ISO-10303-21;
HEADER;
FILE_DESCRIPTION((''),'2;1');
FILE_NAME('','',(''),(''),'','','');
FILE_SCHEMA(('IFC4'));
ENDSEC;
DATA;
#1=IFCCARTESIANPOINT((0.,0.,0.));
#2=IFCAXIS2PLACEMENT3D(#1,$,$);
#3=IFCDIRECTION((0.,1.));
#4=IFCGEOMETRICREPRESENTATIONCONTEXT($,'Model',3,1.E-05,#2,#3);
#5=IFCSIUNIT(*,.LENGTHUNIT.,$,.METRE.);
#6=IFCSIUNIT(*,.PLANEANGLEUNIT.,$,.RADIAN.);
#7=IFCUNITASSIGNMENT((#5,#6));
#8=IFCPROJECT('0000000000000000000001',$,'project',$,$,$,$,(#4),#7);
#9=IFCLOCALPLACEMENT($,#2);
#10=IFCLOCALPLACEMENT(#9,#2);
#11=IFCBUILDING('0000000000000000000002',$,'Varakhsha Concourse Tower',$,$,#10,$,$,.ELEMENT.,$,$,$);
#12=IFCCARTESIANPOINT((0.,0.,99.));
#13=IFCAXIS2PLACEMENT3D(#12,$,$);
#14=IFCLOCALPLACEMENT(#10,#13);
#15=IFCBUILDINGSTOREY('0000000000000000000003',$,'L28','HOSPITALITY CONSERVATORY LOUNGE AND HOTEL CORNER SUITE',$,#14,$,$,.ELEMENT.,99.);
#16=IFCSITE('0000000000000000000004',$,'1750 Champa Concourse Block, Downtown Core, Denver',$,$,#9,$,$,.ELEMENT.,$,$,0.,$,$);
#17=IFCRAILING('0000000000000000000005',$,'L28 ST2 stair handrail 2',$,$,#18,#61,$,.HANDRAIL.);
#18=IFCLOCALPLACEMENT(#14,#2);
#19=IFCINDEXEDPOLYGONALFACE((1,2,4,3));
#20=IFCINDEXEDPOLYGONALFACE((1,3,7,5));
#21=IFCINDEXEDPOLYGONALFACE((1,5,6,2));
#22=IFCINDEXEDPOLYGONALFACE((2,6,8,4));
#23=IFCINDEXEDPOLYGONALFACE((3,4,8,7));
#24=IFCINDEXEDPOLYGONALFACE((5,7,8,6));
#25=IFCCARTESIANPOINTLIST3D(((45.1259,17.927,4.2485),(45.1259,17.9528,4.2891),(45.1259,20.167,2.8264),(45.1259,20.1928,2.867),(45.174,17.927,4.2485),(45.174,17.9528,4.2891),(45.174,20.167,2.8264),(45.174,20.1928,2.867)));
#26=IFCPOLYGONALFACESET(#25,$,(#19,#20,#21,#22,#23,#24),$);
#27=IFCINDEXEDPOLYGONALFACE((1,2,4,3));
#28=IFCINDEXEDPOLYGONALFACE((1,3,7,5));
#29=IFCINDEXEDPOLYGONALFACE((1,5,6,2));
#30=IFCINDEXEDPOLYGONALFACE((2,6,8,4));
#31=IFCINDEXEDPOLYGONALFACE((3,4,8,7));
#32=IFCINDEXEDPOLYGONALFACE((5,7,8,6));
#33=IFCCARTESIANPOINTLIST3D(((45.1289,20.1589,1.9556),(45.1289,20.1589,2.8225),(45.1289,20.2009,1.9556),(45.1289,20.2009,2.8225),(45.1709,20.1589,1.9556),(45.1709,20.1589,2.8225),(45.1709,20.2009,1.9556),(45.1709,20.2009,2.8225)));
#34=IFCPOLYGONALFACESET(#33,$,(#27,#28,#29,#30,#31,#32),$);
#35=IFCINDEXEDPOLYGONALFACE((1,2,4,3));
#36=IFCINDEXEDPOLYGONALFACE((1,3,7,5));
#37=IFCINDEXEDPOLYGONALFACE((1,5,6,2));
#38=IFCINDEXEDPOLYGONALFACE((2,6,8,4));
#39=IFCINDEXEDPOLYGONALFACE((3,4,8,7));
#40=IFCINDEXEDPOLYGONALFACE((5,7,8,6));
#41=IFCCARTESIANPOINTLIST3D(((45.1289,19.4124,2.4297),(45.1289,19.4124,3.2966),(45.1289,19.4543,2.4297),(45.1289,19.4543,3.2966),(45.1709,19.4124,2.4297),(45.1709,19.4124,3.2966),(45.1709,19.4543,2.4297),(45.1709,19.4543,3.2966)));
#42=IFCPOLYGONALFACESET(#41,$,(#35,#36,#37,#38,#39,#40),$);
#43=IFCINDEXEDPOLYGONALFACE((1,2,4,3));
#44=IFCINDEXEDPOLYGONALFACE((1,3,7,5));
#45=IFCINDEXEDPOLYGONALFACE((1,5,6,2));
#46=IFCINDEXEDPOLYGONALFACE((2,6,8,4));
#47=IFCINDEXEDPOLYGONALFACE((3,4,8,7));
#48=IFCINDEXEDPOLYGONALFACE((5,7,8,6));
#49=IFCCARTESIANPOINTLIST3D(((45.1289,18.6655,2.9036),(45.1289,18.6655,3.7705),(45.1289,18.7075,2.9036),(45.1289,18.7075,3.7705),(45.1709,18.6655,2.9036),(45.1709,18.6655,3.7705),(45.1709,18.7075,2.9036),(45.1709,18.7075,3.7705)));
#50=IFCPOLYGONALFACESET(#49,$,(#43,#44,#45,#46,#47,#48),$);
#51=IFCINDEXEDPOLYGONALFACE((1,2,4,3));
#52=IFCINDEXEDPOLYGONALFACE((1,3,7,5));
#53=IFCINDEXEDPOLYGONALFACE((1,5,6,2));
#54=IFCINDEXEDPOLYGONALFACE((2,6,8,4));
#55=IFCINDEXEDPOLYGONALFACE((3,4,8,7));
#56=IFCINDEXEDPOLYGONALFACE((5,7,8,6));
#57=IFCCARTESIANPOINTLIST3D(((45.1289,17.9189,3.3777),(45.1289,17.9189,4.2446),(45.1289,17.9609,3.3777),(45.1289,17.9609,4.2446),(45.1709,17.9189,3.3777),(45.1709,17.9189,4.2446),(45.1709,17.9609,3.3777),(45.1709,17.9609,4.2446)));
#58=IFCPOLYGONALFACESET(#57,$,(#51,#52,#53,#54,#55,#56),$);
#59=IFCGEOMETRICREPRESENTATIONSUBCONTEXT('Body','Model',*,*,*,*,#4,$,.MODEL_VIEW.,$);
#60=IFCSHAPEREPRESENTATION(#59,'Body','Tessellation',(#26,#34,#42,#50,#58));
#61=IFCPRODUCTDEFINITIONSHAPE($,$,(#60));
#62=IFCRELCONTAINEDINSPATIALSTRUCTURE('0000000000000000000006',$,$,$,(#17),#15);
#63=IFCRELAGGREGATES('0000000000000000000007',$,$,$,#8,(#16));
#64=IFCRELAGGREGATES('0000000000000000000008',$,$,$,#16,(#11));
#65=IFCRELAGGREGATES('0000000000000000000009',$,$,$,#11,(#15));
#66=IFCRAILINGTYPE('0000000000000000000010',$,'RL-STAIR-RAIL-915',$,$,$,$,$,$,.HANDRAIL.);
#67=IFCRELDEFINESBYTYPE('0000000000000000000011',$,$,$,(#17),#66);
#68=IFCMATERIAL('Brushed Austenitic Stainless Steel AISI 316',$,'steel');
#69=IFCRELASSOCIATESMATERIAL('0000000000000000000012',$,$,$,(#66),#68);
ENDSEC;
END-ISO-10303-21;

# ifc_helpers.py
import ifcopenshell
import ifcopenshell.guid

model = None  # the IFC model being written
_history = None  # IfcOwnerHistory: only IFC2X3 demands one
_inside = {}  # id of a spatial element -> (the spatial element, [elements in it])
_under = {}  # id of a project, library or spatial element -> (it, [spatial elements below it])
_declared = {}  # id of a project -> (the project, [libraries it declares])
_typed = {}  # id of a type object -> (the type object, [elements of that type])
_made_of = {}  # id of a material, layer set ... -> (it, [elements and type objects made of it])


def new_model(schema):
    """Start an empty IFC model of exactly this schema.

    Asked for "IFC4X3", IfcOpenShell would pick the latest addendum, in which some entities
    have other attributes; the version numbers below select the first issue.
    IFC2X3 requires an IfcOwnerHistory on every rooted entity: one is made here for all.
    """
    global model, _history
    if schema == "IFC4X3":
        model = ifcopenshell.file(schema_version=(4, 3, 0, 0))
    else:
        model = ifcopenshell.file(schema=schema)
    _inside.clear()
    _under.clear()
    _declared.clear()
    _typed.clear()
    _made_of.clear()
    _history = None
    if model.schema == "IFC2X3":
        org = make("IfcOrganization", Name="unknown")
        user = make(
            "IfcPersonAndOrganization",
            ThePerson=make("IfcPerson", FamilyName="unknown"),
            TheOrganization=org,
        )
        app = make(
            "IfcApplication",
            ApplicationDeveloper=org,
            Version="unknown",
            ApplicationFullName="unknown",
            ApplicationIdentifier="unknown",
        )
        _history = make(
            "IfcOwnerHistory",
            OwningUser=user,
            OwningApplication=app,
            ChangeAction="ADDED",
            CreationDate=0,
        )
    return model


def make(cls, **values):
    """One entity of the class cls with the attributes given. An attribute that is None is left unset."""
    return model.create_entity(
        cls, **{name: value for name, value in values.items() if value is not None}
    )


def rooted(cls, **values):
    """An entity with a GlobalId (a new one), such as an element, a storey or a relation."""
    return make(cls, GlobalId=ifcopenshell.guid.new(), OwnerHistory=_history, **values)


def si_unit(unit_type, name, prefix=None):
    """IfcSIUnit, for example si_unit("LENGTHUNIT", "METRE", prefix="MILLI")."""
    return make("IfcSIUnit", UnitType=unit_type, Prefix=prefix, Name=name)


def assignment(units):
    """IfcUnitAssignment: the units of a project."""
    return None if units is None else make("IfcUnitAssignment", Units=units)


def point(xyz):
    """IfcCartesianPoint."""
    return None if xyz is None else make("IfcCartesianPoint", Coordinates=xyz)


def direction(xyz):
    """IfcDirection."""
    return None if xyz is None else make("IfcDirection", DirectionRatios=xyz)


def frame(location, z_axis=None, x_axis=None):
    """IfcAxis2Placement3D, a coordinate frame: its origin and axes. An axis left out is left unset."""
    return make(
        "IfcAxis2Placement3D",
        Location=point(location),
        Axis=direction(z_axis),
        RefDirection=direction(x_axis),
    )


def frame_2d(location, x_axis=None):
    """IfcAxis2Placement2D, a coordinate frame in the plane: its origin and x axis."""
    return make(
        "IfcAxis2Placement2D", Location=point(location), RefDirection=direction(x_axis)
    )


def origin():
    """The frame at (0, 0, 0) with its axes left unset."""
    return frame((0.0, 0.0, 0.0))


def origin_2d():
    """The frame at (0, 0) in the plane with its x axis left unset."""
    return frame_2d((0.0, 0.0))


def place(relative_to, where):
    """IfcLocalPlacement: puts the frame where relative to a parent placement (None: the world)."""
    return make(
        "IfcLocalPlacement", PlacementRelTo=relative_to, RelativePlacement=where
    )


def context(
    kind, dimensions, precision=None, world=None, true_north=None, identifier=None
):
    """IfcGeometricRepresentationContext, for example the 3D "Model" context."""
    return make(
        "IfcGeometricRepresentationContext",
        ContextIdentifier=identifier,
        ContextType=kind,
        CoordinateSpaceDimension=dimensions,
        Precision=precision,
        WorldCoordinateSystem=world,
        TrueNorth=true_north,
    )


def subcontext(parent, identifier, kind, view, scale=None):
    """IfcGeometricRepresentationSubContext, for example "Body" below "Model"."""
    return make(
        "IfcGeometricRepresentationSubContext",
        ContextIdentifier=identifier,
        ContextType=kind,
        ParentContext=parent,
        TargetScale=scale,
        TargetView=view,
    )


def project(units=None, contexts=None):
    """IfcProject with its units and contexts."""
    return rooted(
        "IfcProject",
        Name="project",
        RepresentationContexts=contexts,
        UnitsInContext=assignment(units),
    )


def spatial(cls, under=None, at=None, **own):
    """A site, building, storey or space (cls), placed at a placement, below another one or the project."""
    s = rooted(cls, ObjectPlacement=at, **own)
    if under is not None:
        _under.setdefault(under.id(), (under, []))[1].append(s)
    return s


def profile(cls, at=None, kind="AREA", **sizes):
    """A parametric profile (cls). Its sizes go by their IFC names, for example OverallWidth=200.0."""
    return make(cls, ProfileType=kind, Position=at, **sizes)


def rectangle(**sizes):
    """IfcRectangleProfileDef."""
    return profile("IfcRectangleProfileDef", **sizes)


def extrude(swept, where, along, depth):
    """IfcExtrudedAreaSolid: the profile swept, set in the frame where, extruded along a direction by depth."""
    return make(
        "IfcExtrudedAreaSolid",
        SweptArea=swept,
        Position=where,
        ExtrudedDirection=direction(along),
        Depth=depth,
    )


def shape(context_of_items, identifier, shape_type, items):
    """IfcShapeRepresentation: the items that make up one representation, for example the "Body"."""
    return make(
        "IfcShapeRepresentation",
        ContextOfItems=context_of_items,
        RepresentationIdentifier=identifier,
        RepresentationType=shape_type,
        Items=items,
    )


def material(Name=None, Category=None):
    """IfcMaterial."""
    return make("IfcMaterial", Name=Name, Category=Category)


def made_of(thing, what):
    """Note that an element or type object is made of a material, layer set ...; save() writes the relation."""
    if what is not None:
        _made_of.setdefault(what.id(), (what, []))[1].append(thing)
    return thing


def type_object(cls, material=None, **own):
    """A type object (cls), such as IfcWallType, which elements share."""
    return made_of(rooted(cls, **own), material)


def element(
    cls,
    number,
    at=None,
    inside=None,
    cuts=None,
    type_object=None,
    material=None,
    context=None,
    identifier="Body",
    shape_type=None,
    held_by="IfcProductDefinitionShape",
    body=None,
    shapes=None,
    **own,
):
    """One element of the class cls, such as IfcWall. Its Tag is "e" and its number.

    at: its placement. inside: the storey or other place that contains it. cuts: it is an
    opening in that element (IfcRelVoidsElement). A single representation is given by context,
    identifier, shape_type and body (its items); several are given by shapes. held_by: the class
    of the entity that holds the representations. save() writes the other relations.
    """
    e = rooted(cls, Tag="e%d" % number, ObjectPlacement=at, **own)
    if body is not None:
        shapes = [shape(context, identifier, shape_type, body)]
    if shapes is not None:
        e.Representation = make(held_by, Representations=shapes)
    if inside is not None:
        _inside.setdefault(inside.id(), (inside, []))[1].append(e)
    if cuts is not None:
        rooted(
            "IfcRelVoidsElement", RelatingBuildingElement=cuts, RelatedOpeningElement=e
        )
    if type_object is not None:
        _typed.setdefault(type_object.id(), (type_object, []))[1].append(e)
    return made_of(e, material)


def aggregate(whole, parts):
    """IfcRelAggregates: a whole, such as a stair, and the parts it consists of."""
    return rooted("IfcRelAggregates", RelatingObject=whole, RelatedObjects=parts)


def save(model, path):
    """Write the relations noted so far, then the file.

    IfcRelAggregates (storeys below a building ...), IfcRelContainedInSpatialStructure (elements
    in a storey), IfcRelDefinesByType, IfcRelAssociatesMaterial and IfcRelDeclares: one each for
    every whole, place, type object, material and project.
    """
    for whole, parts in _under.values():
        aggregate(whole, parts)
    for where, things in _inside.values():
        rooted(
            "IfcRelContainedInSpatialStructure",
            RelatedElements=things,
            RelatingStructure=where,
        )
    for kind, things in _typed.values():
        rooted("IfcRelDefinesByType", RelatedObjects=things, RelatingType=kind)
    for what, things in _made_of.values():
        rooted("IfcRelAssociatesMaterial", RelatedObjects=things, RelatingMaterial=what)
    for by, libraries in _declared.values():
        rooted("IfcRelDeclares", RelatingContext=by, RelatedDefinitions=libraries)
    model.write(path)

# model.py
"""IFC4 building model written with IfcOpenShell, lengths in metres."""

from ifc_helpers import new_model, si_unit, direction, frame, origin, origin_2d, place, context, subcontext, project, spatial, rectangle, extrude, material, type_object, element, save


model = new_model("IFC4")

# Units and contexts
model_context = context("Model", 3, precision=1e-05, world=origin(), true_north=direction((0.0, 1.0)))
body_context = subcontext(model_context, "Body", "Model", "MODEL_VIEW")
ifc_project = project(units=[si_unit("LENGTHUNIT", "METRE"), si_unit("PLANEANGLEUNIT", "RADIAN")], contexts=[model_context])

# Site, building, storey
site_placement = place(None, origin())
site = spatial("IfcSite", under=ifc_project, at=site_placement, Name="1750 Champa Concourse Block, Downtown Core, Denver", CompositionType="ELEMENT", RefElevation=0.0)
building_placement = place(site_placement, origin())
building = spatial("IfcBuilding", under=site, at=building_placement, Name="Varakhsha Concourse Tower", CompositionType="ELEMENT")
storey_placement = place(building_placement, frame((0.0, 0.0, 99.0)))
storey = spatial("IfcBuildingStorey", under=building, at=storey_placement, Name="L28", Description="HOSPITALITY CONSERVATORY LOUNGE AND HOTEL CORNER SUITE", CompositionType="ELEMENT", Elevation=99.0)

# Railing
ifc_material_1 = material(Name="Brushed Austenitic Stainless Steel AISI 316", Category="steel")
railing_type_1 = type_object("IfcRailingType", Name="RL-STAIR-RAIL-915", PredefinedType="HANDRAIL", material=ifc_material_1)
railing_1_placement = place(storey_placement, frame((45.1499, 20.1799, 1.9556)))
element("IfcRailing", 1, at=railing_1_placement, inside=storey, type_object=railing_type_1, Name="L28 ST2 stair handrail 2", PredefinedType="HANDRAIL", context=body_context, shape_type="SweptSolid", body=[
    extrude(rectangle(XDim=0.0481, YDim=0.0481, at=origin_2d()), frame((0.0, 0.0, 0.8911), z_axis=(0.0, -0.844229, 0.535982), x_axis=(1.0, 0.0, 0.0)), (0.0, 0.0, 1.0), 2.6533),
    extrude(rectangle(XDim=0.042, YDim=0.042, at=origin_2d()), origin(), (0.0, 0.0, 1.0), 0.8669),
    extrude(rectangle(XDim=0.042, YDim=0.042, at=origin_2d()), frame((0.0, -0.7466, 0.4741)), (0.0, 0.0, 1.0), 0.8669),
    extrude(rectangle(XDim=0.042, YDim=0.042, at=origin_2d()), frame((0.0, -1.4934, 0.948)), (0.0, 0.0, 1.0), 0.8669),
    extrude(rectangle(XDim=0.042, YDim=0.042, at=origin_2d()), frame((0.0, -2.24, 1.4221)), (0.0, 0.0, 1.0), 0.8669),
])

save(model, "model.ifc")
